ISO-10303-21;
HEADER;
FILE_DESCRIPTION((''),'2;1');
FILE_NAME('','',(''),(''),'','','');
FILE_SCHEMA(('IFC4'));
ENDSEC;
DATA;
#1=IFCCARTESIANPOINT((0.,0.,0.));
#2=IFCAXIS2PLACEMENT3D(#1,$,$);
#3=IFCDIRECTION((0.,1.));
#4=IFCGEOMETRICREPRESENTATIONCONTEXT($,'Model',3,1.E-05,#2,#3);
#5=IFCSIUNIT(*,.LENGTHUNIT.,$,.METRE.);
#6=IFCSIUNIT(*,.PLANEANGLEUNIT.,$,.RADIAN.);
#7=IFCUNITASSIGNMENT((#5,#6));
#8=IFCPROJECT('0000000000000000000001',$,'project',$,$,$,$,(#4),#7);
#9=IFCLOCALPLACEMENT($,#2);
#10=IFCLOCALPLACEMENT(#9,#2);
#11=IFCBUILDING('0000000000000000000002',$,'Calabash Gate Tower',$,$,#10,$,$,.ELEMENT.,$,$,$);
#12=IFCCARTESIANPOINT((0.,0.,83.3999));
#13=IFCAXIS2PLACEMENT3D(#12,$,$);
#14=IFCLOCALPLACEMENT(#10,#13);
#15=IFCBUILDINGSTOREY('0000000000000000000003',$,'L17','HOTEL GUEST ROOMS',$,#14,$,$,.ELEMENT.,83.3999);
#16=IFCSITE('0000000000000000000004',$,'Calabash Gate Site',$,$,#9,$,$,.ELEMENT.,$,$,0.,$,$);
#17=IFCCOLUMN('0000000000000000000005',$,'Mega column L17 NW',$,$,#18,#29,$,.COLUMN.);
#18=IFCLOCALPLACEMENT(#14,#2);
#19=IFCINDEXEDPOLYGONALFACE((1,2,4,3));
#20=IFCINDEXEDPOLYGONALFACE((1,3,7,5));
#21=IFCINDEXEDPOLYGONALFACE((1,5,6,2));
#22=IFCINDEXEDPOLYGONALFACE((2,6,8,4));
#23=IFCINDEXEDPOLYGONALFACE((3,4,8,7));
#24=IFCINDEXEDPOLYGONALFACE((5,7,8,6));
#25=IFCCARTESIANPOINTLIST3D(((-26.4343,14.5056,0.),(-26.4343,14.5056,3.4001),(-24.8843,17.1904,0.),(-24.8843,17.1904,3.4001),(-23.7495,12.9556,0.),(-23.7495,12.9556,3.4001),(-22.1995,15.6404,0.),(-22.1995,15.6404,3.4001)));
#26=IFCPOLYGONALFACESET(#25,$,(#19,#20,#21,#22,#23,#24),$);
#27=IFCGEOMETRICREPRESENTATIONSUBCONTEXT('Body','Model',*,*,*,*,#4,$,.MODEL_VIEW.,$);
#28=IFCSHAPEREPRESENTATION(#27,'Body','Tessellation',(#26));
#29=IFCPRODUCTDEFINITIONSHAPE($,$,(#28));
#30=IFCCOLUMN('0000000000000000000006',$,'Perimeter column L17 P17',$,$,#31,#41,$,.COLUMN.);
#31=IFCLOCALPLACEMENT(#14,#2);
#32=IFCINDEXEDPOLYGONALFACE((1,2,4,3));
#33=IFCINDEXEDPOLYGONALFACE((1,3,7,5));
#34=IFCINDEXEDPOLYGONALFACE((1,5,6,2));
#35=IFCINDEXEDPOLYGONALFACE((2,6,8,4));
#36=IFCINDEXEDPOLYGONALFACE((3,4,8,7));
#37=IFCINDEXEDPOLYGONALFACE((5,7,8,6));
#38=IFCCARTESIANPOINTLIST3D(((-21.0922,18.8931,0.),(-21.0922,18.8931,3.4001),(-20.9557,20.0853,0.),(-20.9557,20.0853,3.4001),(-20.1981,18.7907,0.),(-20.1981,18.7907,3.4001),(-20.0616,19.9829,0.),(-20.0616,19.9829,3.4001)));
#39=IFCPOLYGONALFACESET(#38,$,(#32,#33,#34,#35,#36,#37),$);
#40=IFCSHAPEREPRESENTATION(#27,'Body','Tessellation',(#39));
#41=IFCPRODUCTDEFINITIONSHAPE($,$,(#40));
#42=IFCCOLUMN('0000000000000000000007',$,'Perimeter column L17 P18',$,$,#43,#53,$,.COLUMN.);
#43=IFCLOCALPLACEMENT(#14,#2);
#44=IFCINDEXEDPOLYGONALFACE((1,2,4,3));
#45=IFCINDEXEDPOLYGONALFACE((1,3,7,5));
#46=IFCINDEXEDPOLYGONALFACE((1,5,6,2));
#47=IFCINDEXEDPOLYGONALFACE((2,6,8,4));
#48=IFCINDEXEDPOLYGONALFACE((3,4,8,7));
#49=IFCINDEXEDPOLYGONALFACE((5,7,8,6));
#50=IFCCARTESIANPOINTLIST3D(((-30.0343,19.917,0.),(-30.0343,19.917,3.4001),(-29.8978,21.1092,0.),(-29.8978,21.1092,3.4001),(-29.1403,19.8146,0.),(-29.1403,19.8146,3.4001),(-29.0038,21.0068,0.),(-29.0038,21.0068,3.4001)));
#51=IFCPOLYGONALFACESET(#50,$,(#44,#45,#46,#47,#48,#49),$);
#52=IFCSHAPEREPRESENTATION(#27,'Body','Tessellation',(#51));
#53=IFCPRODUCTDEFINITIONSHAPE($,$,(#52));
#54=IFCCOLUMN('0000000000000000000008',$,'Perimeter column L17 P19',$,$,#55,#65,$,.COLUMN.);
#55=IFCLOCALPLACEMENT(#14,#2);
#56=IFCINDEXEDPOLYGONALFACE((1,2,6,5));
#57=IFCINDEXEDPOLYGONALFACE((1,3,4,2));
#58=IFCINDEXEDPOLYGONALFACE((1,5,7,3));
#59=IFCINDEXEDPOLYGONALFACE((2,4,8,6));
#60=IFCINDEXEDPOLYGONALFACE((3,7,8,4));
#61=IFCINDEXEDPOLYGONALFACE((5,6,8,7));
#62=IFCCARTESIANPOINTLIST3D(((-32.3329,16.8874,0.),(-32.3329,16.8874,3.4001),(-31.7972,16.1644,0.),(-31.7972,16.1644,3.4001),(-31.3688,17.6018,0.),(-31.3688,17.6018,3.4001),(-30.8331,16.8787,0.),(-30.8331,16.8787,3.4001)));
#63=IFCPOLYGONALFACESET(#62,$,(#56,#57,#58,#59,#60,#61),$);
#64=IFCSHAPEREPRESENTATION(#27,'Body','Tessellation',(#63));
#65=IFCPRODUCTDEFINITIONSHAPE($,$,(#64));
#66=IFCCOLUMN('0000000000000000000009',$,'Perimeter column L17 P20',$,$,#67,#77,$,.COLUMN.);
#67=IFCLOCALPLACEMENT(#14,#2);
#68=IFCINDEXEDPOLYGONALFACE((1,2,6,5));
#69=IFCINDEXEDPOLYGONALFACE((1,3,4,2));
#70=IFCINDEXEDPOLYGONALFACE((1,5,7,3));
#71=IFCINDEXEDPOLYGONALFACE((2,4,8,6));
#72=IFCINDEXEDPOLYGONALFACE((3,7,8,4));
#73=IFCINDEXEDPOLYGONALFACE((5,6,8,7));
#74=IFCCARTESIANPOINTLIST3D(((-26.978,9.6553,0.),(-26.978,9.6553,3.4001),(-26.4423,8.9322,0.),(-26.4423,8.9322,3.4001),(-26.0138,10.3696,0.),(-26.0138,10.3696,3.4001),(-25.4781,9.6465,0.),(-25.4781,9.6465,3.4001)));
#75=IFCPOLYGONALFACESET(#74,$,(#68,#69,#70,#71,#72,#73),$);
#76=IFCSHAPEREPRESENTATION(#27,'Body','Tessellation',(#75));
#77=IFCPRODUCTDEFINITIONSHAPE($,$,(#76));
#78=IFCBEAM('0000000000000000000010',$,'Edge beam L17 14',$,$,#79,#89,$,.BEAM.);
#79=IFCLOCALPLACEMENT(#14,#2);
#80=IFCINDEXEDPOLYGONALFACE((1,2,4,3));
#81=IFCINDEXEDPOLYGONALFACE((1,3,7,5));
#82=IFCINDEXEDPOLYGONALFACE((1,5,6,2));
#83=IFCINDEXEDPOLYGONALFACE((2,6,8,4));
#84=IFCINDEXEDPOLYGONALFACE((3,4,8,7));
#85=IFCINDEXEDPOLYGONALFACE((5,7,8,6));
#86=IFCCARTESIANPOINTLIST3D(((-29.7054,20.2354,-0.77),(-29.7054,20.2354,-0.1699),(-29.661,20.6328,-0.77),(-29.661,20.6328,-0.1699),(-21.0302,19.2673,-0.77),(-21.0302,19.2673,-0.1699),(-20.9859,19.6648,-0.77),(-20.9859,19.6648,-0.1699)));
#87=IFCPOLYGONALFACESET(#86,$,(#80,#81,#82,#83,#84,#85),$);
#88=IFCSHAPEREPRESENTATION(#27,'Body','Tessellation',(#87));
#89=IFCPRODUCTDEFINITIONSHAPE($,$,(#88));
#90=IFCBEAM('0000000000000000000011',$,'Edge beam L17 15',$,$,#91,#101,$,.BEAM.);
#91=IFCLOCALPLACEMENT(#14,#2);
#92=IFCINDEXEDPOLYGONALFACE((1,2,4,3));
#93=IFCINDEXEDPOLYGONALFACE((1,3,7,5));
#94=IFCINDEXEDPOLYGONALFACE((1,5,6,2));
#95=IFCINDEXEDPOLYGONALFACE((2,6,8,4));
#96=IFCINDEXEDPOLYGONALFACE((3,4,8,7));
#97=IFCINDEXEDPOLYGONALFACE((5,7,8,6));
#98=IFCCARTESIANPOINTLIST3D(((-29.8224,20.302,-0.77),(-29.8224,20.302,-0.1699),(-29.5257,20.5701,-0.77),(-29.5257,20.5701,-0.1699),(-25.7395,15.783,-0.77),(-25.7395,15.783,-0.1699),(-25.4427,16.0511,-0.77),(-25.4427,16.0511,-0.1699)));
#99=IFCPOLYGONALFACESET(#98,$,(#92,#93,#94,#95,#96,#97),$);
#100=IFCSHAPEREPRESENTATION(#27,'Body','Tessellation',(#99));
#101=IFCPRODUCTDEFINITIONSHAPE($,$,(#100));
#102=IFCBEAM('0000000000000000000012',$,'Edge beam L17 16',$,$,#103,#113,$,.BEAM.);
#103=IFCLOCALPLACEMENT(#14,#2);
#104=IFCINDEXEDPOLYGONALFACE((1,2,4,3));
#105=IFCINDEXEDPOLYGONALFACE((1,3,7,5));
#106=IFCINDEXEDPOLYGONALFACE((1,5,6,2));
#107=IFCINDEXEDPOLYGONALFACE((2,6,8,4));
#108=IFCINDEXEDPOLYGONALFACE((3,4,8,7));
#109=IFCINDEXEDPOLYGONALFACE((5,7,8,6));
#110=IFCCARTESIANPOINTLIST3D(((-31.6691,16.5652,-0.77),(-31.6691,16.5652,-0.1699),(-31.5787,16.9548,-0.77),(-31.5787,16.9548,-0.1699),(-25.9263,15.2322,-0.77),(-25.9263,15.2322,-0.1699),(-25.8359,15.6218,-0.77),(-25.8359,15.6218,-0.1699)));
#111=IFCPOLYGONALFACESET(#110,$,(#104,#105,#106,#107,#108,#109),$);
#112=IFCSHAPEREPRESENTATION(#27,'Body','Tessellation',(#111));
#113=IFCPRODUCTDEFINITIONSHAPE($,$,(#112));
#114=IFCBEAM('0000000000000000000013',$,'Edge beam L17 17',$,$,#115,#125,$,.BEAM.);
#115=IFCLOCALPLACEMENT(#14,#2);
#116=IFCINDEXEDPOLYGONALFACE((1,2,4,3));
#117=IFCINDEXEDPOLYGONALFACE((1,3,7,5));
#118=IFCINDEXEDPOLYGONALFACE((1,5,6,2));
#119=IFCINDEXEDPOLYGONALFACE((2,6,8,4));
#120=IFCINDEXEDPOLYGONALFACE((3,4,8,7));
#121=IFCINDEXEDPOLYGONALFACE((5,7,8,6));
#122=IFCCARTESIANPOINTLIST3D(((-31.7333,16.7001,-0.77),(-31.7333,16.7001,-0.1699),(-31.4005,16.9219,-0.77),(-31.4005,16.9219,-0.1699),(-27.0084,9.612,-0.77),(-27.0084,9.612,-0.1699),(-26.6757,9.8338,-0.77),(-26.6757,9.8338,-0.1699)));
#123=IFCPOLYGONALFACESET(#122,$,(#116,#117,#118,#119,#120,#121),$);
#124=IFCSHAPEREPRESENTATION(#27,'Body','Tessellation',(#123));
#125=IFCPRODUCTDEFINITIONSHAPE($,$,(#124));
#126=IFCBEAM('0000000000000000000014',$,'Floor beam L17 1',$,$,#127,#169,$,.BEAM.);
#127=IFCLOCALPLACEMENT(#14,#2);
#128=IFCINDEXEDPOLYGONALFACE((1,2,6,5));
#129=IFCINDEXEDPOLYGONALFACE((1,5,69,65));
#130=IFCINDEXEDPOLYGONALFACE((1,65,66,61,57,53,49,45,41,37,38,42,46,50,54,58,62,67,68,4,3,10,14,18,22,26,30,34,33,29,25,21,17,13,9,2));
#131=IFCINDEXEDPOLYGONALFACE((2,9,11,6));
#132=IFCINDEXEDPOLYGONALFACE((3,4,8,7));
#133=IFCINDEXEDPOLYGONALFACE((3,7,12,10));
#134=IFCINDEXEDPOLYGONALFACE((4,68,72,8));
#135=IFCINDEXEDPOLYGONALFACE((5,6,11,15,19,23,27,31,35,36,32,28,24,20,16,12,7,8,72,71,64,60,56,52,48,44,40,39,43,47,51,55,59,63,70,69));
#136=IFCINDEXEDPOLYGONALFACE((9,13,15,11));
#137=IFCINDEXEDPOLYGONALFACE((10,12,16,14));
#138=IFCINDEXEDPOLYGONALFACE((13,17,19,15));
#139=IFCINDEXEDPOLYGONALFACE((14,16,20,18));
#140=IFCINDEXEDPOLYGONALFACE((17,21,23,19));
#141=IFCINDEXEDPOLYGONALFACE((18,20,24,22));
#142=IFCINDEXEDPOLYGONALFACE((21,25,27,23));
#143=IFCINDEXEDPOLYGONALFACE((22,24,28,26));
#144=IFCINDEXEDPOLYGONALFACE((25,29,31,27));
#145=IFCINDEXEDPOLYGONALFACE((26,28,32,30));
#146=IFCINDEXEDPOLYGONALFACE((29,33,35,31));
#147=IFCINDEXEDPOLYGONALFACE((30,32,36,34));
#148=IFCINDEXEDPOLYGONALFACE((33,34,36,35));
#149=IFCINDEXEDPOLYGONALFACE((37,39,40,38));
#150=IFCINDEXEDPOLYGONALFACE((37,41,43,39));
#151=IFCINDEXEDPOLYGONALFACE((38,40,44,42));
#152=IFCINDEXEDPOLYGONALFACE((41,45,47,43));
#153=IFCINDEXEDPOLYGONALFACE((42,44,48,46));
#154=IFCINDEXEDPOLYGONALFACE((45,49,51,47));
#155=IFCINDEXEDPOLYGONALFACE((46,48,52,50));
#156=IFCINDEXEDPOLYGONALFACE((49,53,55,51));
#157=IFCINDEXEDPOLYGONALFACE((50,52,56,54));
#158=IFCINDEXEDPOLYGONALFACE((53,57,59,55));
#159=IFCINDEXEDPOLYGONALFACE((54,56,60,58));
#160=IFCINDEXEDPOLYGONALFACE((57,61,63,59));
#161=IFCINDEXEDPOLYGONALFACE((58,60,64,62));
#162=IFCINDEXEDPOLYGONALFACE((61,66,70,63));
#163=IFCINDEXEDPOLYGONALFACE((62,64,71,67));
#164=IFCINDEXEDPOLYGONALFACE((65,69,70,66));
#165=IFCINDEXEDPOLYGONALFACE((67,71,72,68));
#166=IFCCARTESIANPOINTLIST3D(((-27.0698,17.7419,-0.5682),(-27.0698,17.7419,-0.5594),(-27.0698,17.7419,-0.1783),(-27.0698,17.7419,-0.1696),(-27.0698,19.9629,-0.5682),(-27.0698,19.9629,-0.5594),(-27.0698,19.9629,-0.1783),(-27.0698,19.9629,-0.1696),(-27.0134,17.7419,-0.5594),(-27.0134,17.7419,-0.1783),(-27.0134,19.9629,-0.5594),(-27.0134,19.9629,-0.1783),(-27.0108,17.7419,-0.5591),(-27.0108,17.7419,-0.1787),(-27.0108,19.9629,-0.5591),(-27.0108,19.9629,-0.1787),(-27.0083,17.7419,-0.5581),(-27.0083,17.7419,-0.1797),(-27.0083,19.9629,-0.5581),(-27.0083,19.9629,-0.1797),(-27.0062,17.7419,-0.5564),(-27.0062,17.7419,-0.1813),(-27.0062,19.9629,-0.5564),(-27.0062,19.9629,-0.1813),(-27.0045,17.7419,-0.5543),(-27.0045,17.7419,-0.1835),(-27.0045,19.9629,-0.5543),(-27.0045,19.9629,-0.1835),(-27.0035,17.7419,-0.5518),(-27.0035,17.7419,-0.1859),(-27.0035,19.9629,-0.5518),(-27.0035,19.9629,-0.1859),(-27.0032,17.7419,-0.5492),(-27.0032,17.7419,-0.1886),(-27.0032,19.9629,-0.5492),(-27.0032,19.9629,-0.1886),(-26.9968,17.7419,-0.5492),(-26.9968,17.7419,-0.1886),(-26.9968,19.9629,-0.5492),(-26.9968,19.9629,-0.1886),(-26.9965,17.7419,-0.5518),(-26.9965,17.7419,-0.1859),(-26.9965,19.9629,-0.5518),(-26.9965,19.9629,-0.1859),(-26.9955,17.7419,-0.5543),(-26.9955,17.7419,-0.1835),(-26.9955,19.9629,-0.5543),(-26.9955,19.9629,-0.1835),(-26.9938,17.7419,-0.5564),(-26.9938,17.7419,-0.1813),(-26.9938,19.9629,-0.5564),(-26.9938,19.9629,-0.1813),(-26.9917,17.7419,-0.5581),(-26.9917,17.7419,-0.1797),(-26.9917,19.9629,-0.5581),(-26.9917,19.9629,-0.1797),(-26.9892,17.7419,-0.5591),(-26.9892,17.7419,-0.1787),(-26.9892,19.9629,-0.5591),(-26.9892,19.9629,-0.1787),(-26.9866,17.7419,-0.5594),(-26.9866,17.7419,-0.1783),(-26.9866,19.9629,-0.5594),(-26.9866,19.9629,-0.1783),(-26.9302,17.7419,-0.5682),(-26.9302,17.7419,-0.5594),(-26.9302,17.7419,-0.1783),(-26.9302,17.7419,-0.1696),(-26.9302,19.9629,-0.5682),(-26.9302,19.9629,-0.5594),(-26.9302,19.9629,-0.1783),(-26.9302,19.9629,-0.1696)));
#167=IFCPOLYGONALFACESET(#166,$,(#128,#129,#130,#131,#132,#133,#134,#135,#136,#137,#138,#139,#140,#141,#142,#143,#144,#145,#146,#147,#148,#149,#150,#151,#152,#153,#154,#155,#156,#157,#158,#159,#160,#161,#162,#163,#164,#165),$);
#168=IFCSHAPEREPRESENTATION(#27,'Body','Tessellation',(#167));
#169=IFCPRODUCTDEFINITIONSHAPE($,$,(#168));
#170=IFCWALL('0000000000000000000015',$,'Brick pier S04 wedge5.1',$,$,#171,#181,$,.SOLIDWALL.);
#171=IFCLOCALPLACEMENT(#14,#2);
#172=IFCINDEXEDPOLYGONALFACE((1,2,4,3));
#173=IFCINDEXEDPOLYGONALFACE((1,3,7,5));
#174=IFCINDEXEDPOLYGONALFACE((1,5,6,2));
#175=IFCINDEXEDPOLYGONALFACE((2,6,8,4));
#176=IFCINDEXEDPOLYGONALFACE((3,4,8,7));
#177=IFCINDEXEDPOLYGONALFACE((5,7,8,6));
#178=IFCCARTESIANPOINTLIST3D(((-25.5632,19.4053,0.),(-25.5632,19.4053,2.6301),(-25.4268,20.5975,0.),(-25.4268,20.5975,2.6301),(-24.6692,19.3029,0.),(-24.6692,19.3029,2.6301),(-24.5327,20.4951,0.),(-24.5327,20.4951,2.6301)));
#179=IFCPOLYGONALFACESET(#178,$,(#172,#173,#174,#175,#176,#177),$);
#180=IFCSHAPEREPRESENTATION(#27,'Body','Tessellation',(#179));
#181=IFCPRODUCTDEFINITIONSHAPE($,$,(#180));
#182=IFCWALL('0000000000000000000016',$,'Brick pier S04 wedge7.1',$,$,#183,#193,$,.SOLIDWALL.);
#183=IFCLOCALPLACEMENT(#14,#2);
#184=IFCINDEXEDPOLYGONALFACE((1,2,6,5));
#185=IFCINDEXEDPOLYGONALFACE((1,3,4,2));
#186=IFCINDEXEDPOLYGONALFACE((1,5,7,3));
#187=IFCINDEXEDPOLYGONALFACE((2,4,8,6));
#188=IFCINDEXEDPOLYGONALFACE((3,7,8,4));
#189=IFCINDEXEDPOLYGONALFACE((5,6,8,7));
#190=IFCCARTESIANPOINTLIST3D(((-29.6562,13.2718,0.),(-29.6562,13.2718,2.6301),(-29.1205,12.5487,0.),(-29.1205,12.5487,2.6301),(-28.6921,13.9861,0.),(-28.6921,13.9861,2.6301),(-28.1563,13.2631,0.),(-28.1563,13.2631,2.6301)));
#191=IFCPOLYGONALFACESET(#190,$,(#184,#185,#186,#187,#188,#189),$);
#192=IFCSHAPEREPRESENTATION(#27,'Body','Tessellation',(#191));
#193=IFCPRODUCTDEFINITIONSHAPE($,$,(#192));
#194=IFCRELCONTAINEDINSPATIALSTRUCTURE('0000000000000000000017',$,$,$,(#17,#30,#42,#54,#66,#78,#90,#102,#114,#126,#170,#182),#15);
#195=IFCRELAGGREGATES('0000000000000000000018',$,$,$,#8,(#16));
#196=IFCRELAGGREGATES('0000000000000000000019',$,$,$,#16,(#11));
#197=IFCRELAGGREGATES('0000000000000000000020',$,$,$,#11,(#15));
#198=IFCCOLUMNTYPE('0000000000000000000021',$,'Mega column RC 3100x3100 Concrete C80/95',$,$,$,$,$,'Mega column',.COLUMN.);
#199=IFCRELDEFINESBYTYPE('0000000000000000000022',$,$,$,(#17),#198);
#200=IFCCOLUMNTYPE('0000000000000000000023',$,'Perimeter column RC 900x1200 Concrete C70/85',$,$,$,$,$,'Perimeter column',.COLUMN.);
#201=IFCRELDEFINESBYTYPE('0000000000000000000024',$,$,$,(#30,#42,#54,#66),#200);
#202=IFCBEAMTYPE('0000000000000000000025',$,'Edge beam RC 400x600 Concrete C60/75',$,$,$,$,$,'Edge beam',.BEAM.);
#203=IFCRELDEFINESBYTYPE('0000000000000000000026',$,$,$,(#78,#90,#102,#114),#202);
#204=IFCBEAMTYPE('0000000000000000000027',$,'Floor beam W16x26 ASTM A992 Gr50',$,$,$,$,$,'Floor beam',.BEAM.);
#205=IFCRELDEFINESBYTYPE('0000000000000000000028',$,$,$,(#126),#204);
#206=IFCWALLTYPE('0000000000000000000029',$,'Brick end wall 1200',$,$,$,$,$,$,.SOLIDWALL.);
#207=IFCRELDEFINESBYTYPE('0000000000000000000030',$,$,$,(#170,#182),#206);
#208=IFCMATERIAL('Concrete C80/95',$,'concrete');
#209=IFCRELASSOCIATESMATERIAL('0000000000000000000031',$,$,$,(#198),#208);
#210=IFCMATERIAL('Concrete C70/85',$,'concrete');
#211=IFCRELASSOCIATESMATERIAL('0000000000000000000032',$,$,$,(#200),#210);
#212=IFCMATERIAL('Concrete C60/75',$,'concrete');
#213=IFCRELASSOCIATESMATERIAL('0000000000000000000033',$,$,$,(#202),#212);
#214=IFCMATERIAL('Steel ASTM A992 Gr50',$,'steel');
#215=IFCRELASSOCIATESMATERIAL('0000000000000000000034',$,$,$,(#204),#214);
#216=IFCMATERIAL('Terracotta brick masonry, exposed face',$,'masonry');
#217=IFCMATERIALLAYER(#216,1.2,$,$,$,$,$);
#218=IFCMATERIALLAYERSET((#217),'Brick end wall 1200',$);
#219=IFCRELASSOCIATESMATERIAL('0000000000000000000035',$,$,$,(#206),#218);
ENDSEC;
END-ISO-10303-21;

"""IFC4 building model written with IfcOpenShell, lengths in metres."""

from ifc_helpers import new_model, si_unit, direction, frame, frame_2d, origin, origin_2d, place, context, subcontext, project, spatial, rectangle, i_section, extrude, material, layer, layer_set, material_profile, profile_set, type_object, element, save


model = new_model("IFC4")

# Units and contexts
model_context = context("Model", 3, precision=1e-05, world=origin(), true_north=direction((0.0, 1.0)))
body_context = subcontext(model_context, "Body", "Model", "MODEL_VIEW")
ifc_project = project(units=[si_unit("LENGTHUNIT", "METRE"), si_unit("PLANEANGLEUNIT", "RADIAN")], contexts=[model_context])

# Site, building, storey
site_placement = place(None, origin())
site = spatial("IfcSite", under=ifc_project, at=site_placement, Name="Calabash Gate Site", CompositionType="ELEMENT", RefElevation=0.0)
building_placement = place(site_placement, origin())
building = spatial("IfcBuilding", under=site, at=building_placement, Name="Calabash Gate Tower", CompositionType="ELEMENT")
storey_placement = place(building_placement, frame((0.0, 0.0, 83.3999)))
storey = spatial("IfcBuildingStorey", under=building, at=storey_placement, Name="L17", Description="HOTEL GUEST ROOMS", CompositionType="ELEMENT", Elevation=83.3999)

# Columns
ifc_material_1 = material(Name="Concrete C80/95", Category="concrete")
ifc_material_profile_1 = material_profile(ifc_material_1, rectangle(XDim=3.1001, YDim=3.1001, at=origin_2d()))
ifc_profile_set_1 = profile_set([ifc_material_profile_1], Name="Concrete C80/95")
column_type_1 = type_object("IfcColumnType", Name="Mega column RC 3100x3100 Concrete C80/95", ElementType="Mega column", PredefinedType="COLUMN", material=ifc_profile_set_1)
column_placement = place(storey_placement, frame((-24.3169, 15.073, 0.0), z_axis=(0.0, 0.0, 1.0), x_axis=(0.866025, -0.5, 0.0)))
element("IfcColumn", 1, at=column_placement, inside=storey, type_object=column_type_1, Name="Mega column L17 NW", PredefinedType="COLUMN", context=body_context, shape_type="SweptSolid", body=[
    extrude(rectangle(XDim=3.1001, YDim=3.1001, at=origin_2d()), origin(), (0.0, 0.0, 1.0), 3.4001),
])
ifc_material_2 = material(Name="Concrete C70/85", Category="concrete")
ifc_material_profile_2 = material_profile(ifc_material_2, rectangle(XDim=0.8999, YDim=1.2, at=origin_2d()))
ifc_profile_set_2 = profile_set([ifc_material_profile_2], Name="Concrete C70/85")
column_type_2 = type_object("IfcColumnType", Name="Perimeter column RC 900x1200 Concrete C70/85", ElementType="Perimeter column", PredefinedType="COLUMN", material=ifc_profile_set_2)
for number, where, z_axis, x_axis, name in (
    (2, (-20.5769, 19.438, 0.0), (0.0, 0.0, 1.0), (-0.993506, 0.113777, 0.0), "Perimeter column L17 P17"),
    (3, (-29.519, 20.4619, 0.0), (0.0, 0.0, 1.0), (-0.993506, 0.113777, 0.0), "Perimeter column L17 P18"),
    (4, (-31.583, 16.8831, 0.0), (0.0, 0.0, 1.0), (0.595287, -0.803513, 0.0), "Perimeter column L17 P19"),
    (5, (-26.228, 9.6509, 0.0), (0.0, 0.0, 1.0), (0.595287, -0.803513, 0.0), "Perimeter column L17 P20"),
):
    element("IfcColumn", number, at=place(storey_placement, frame(where, z_axis=z_axis, x_axis=x_axis)), inside=storey, type_object=column_type_2, Name=name, PredefinedType="COLUMN", context=body_context, shape_type="SweptSolid", body=[
        extrude(rectangle(XDim=0.8999, YDim=1.2, at=origin_2d()), origin(), (0.0, 0.0, 1.0), 3.4001),
    ])

# Beams
ifc_material_3 = material(Name="Concrete C60/75", Category="concrete")
ifc_material_profile_3 = material_profile(ifc_material_3, rectangle(XDim=0.3999, YDim=0.6001, at=origin_2d()))
ifc_profile_set_3 = profile_set([ifc_material_profile_3], Name="Concrete C60/75")
beam_type_1 = type_object("IfcBeamType", Name="Edge beam RC 400x600 Concrete C60/75", ElementType="Edge beam", PredefinedType="BEAM", material=ifc_profile_set_3)
beam_1_placement = place(storey_placement, frame((-21.0081, 19.4661, -0.47), z_axis=(-0.993832, 0.110898, 0.0), x_axis=(-0.110898, -0.993832, 0.0)))
element("IfcBeam", 6, at=beam_1_placement, inside=storey, type_object=beam_type_1, Name="Edge beam L17 14", PredefinedType="BEAM", context=body_context, shape_type="SweptSolid", body=[
    extrude(rectangle(XDim=0.3999, YDim=0.6001, at=origin_2d()), origin(), (0.0, 0.0, 1.0), 8.729),
])
beam_2_placement = place(storey_placement, frame((-29.6741, 20.436, -0.47), z_axis=(0.670403, -0.741997, 0.0), x_axis=(0.741997, 0.670403, 0.0)))
element("IfcBeam", 7, at=beam_2_placement, inside=storey, type_object=beam_type_1, Name="Edge beam L17 15", PredefinedType="BEAM", context=body_context, shape_type="SweptSolid", body=[
    extrude(rectangle(XDim=0.3999, YDim=0.6001, at=origin_2d()), origin(), (0.0, 0.0, 1.0), 6.0903),
])
beam_3_placement = place(storey_placement, frame((-25.8811, 15.427, -0.47), z_axis=(-0.974104, 0.226102, 0.0), x_axis=(-0.226102, -0.974104, 0.0)))
element("IfcBeam", 8, at=beam_3_placement, inside=storey, type_object=beam_type_1, Name="Edge beam L17 16", PredefinedType="BEAM", context=body_context, shape_type="SweptSolid", body=[
    extrude(rectangle(XDim=0.3999, YDim=0.6001, at=origin_2d()), origin(), (0.0, 0.0, 1.0), 5.8955),
])
beam_4_placement = place(storey_placement, frame((-31.5669, 16.811, -0.47), z_axis=(0.554654, -0.832081, 0.0), x_axis=(0.832081, 0.554654, 0.0)))
element("IfcBeam", 9, at=beam_4_placement, inside=storey, type_object=beam_type_1, Name="Edge beam L17 17", PredefinedType="BEAM", context=body_context, shape_type="SweptSolid", body=[
    extrude(rectangle(XDim=0.3999, YDim=0.6001, at=origin_2d()), origin(), (0.0, 0.0, 1.0), 8.5186),
])
ifc_material_4 = material(Name="Steel ASTM A992 Gr50", Category="steel")
ifc_material_profile_4 = material_profile(ifc_material_4, i_section(OverallWidth=0.1396, OverallDepth=0.3987, WebThickness=0.0063, FlangeThickness=0.0088, FilletRadius=0.0103, at=origin_2d()))
ifc_profile_set_4 = profile_set([ifc_material_profile_4], Name="Steel ASTM A992 Gr50")
beam_type_2 = type_object("IfcBeamType", Name="Floor beam W16x26 ASTM A992 Gr50", ElementType="Floor beam", PredefinedType="BEAM", material=ifc_profile_set_4)
beam_5_placement = place(storey_placement, frame((-27.0, 17.7419, -0.3689), z_axis=(0.0, 1.0, 0.0), x_axis=(-1.0, 0.0, 0.0)))
element("IfcBeam", 10, at=beam_5_placement, inside=storey, type_object=beam_type_2, Name="Floor beam L17 1", PredefinedType="BEAM", context=body_context, shape_type="SweptSolid", body=[
    extrude(i_section(OverallWidth=0.1396, OverallDepth=0.3987, WebThickness=0.0063, FlangeThickness=0.0088, FilletRadius=0.0103, at=origin_2d()), origin(), (0.0, 0.0, 1.0), 2.2209),
])

# Walls
ifc_material_5 = material(Name="Terracotta brick masonry, exposed face", Category="masonry")
ifc_layer_1 = layer(ifc_material_5, 1.2)
ifc_layer_set_1 = layer_set([ifc_layer_1], Name="Brick end wall 1200")
wall_type_1 = type_object("IfcWallType", Name="Brick end wall 1200", PredefinedType="SOLIDWALL", material=ifc_layer_set_1)
for number, where, z_axis, x_axis, name in (
    (11, (-25.1162, 19.354, 0.0), (0.0, 0.0, 1.0), (0.113736, 0.993511, 0.0), "Brick pier S04 wedge5.1"),
    (12, (-29.3884, 12.9102, 0.0), (0.0, 0.0, 1.0), (0.803478, 0.595335, 0.0), "Brick pier S04 wedge7.1"),
):
    element("IfcWall", number, at=place(storey_placement, frame(where, z_axis=z_axis, x_axis=x_axis)), inside=storey, type_object=wall_type_1, Name=name, PredefinedType="SOLIDWALL", context=body_context, shape_type="SweptSolid", body=[
        extrude(rectangle(XDim=1.2, YDim=0.8999, at=frame_2d((0.6001, 0.0))), origin(), (0.0, 0.0, 1.0), 2.6301),
    ])

save(model, "model.ifc")
